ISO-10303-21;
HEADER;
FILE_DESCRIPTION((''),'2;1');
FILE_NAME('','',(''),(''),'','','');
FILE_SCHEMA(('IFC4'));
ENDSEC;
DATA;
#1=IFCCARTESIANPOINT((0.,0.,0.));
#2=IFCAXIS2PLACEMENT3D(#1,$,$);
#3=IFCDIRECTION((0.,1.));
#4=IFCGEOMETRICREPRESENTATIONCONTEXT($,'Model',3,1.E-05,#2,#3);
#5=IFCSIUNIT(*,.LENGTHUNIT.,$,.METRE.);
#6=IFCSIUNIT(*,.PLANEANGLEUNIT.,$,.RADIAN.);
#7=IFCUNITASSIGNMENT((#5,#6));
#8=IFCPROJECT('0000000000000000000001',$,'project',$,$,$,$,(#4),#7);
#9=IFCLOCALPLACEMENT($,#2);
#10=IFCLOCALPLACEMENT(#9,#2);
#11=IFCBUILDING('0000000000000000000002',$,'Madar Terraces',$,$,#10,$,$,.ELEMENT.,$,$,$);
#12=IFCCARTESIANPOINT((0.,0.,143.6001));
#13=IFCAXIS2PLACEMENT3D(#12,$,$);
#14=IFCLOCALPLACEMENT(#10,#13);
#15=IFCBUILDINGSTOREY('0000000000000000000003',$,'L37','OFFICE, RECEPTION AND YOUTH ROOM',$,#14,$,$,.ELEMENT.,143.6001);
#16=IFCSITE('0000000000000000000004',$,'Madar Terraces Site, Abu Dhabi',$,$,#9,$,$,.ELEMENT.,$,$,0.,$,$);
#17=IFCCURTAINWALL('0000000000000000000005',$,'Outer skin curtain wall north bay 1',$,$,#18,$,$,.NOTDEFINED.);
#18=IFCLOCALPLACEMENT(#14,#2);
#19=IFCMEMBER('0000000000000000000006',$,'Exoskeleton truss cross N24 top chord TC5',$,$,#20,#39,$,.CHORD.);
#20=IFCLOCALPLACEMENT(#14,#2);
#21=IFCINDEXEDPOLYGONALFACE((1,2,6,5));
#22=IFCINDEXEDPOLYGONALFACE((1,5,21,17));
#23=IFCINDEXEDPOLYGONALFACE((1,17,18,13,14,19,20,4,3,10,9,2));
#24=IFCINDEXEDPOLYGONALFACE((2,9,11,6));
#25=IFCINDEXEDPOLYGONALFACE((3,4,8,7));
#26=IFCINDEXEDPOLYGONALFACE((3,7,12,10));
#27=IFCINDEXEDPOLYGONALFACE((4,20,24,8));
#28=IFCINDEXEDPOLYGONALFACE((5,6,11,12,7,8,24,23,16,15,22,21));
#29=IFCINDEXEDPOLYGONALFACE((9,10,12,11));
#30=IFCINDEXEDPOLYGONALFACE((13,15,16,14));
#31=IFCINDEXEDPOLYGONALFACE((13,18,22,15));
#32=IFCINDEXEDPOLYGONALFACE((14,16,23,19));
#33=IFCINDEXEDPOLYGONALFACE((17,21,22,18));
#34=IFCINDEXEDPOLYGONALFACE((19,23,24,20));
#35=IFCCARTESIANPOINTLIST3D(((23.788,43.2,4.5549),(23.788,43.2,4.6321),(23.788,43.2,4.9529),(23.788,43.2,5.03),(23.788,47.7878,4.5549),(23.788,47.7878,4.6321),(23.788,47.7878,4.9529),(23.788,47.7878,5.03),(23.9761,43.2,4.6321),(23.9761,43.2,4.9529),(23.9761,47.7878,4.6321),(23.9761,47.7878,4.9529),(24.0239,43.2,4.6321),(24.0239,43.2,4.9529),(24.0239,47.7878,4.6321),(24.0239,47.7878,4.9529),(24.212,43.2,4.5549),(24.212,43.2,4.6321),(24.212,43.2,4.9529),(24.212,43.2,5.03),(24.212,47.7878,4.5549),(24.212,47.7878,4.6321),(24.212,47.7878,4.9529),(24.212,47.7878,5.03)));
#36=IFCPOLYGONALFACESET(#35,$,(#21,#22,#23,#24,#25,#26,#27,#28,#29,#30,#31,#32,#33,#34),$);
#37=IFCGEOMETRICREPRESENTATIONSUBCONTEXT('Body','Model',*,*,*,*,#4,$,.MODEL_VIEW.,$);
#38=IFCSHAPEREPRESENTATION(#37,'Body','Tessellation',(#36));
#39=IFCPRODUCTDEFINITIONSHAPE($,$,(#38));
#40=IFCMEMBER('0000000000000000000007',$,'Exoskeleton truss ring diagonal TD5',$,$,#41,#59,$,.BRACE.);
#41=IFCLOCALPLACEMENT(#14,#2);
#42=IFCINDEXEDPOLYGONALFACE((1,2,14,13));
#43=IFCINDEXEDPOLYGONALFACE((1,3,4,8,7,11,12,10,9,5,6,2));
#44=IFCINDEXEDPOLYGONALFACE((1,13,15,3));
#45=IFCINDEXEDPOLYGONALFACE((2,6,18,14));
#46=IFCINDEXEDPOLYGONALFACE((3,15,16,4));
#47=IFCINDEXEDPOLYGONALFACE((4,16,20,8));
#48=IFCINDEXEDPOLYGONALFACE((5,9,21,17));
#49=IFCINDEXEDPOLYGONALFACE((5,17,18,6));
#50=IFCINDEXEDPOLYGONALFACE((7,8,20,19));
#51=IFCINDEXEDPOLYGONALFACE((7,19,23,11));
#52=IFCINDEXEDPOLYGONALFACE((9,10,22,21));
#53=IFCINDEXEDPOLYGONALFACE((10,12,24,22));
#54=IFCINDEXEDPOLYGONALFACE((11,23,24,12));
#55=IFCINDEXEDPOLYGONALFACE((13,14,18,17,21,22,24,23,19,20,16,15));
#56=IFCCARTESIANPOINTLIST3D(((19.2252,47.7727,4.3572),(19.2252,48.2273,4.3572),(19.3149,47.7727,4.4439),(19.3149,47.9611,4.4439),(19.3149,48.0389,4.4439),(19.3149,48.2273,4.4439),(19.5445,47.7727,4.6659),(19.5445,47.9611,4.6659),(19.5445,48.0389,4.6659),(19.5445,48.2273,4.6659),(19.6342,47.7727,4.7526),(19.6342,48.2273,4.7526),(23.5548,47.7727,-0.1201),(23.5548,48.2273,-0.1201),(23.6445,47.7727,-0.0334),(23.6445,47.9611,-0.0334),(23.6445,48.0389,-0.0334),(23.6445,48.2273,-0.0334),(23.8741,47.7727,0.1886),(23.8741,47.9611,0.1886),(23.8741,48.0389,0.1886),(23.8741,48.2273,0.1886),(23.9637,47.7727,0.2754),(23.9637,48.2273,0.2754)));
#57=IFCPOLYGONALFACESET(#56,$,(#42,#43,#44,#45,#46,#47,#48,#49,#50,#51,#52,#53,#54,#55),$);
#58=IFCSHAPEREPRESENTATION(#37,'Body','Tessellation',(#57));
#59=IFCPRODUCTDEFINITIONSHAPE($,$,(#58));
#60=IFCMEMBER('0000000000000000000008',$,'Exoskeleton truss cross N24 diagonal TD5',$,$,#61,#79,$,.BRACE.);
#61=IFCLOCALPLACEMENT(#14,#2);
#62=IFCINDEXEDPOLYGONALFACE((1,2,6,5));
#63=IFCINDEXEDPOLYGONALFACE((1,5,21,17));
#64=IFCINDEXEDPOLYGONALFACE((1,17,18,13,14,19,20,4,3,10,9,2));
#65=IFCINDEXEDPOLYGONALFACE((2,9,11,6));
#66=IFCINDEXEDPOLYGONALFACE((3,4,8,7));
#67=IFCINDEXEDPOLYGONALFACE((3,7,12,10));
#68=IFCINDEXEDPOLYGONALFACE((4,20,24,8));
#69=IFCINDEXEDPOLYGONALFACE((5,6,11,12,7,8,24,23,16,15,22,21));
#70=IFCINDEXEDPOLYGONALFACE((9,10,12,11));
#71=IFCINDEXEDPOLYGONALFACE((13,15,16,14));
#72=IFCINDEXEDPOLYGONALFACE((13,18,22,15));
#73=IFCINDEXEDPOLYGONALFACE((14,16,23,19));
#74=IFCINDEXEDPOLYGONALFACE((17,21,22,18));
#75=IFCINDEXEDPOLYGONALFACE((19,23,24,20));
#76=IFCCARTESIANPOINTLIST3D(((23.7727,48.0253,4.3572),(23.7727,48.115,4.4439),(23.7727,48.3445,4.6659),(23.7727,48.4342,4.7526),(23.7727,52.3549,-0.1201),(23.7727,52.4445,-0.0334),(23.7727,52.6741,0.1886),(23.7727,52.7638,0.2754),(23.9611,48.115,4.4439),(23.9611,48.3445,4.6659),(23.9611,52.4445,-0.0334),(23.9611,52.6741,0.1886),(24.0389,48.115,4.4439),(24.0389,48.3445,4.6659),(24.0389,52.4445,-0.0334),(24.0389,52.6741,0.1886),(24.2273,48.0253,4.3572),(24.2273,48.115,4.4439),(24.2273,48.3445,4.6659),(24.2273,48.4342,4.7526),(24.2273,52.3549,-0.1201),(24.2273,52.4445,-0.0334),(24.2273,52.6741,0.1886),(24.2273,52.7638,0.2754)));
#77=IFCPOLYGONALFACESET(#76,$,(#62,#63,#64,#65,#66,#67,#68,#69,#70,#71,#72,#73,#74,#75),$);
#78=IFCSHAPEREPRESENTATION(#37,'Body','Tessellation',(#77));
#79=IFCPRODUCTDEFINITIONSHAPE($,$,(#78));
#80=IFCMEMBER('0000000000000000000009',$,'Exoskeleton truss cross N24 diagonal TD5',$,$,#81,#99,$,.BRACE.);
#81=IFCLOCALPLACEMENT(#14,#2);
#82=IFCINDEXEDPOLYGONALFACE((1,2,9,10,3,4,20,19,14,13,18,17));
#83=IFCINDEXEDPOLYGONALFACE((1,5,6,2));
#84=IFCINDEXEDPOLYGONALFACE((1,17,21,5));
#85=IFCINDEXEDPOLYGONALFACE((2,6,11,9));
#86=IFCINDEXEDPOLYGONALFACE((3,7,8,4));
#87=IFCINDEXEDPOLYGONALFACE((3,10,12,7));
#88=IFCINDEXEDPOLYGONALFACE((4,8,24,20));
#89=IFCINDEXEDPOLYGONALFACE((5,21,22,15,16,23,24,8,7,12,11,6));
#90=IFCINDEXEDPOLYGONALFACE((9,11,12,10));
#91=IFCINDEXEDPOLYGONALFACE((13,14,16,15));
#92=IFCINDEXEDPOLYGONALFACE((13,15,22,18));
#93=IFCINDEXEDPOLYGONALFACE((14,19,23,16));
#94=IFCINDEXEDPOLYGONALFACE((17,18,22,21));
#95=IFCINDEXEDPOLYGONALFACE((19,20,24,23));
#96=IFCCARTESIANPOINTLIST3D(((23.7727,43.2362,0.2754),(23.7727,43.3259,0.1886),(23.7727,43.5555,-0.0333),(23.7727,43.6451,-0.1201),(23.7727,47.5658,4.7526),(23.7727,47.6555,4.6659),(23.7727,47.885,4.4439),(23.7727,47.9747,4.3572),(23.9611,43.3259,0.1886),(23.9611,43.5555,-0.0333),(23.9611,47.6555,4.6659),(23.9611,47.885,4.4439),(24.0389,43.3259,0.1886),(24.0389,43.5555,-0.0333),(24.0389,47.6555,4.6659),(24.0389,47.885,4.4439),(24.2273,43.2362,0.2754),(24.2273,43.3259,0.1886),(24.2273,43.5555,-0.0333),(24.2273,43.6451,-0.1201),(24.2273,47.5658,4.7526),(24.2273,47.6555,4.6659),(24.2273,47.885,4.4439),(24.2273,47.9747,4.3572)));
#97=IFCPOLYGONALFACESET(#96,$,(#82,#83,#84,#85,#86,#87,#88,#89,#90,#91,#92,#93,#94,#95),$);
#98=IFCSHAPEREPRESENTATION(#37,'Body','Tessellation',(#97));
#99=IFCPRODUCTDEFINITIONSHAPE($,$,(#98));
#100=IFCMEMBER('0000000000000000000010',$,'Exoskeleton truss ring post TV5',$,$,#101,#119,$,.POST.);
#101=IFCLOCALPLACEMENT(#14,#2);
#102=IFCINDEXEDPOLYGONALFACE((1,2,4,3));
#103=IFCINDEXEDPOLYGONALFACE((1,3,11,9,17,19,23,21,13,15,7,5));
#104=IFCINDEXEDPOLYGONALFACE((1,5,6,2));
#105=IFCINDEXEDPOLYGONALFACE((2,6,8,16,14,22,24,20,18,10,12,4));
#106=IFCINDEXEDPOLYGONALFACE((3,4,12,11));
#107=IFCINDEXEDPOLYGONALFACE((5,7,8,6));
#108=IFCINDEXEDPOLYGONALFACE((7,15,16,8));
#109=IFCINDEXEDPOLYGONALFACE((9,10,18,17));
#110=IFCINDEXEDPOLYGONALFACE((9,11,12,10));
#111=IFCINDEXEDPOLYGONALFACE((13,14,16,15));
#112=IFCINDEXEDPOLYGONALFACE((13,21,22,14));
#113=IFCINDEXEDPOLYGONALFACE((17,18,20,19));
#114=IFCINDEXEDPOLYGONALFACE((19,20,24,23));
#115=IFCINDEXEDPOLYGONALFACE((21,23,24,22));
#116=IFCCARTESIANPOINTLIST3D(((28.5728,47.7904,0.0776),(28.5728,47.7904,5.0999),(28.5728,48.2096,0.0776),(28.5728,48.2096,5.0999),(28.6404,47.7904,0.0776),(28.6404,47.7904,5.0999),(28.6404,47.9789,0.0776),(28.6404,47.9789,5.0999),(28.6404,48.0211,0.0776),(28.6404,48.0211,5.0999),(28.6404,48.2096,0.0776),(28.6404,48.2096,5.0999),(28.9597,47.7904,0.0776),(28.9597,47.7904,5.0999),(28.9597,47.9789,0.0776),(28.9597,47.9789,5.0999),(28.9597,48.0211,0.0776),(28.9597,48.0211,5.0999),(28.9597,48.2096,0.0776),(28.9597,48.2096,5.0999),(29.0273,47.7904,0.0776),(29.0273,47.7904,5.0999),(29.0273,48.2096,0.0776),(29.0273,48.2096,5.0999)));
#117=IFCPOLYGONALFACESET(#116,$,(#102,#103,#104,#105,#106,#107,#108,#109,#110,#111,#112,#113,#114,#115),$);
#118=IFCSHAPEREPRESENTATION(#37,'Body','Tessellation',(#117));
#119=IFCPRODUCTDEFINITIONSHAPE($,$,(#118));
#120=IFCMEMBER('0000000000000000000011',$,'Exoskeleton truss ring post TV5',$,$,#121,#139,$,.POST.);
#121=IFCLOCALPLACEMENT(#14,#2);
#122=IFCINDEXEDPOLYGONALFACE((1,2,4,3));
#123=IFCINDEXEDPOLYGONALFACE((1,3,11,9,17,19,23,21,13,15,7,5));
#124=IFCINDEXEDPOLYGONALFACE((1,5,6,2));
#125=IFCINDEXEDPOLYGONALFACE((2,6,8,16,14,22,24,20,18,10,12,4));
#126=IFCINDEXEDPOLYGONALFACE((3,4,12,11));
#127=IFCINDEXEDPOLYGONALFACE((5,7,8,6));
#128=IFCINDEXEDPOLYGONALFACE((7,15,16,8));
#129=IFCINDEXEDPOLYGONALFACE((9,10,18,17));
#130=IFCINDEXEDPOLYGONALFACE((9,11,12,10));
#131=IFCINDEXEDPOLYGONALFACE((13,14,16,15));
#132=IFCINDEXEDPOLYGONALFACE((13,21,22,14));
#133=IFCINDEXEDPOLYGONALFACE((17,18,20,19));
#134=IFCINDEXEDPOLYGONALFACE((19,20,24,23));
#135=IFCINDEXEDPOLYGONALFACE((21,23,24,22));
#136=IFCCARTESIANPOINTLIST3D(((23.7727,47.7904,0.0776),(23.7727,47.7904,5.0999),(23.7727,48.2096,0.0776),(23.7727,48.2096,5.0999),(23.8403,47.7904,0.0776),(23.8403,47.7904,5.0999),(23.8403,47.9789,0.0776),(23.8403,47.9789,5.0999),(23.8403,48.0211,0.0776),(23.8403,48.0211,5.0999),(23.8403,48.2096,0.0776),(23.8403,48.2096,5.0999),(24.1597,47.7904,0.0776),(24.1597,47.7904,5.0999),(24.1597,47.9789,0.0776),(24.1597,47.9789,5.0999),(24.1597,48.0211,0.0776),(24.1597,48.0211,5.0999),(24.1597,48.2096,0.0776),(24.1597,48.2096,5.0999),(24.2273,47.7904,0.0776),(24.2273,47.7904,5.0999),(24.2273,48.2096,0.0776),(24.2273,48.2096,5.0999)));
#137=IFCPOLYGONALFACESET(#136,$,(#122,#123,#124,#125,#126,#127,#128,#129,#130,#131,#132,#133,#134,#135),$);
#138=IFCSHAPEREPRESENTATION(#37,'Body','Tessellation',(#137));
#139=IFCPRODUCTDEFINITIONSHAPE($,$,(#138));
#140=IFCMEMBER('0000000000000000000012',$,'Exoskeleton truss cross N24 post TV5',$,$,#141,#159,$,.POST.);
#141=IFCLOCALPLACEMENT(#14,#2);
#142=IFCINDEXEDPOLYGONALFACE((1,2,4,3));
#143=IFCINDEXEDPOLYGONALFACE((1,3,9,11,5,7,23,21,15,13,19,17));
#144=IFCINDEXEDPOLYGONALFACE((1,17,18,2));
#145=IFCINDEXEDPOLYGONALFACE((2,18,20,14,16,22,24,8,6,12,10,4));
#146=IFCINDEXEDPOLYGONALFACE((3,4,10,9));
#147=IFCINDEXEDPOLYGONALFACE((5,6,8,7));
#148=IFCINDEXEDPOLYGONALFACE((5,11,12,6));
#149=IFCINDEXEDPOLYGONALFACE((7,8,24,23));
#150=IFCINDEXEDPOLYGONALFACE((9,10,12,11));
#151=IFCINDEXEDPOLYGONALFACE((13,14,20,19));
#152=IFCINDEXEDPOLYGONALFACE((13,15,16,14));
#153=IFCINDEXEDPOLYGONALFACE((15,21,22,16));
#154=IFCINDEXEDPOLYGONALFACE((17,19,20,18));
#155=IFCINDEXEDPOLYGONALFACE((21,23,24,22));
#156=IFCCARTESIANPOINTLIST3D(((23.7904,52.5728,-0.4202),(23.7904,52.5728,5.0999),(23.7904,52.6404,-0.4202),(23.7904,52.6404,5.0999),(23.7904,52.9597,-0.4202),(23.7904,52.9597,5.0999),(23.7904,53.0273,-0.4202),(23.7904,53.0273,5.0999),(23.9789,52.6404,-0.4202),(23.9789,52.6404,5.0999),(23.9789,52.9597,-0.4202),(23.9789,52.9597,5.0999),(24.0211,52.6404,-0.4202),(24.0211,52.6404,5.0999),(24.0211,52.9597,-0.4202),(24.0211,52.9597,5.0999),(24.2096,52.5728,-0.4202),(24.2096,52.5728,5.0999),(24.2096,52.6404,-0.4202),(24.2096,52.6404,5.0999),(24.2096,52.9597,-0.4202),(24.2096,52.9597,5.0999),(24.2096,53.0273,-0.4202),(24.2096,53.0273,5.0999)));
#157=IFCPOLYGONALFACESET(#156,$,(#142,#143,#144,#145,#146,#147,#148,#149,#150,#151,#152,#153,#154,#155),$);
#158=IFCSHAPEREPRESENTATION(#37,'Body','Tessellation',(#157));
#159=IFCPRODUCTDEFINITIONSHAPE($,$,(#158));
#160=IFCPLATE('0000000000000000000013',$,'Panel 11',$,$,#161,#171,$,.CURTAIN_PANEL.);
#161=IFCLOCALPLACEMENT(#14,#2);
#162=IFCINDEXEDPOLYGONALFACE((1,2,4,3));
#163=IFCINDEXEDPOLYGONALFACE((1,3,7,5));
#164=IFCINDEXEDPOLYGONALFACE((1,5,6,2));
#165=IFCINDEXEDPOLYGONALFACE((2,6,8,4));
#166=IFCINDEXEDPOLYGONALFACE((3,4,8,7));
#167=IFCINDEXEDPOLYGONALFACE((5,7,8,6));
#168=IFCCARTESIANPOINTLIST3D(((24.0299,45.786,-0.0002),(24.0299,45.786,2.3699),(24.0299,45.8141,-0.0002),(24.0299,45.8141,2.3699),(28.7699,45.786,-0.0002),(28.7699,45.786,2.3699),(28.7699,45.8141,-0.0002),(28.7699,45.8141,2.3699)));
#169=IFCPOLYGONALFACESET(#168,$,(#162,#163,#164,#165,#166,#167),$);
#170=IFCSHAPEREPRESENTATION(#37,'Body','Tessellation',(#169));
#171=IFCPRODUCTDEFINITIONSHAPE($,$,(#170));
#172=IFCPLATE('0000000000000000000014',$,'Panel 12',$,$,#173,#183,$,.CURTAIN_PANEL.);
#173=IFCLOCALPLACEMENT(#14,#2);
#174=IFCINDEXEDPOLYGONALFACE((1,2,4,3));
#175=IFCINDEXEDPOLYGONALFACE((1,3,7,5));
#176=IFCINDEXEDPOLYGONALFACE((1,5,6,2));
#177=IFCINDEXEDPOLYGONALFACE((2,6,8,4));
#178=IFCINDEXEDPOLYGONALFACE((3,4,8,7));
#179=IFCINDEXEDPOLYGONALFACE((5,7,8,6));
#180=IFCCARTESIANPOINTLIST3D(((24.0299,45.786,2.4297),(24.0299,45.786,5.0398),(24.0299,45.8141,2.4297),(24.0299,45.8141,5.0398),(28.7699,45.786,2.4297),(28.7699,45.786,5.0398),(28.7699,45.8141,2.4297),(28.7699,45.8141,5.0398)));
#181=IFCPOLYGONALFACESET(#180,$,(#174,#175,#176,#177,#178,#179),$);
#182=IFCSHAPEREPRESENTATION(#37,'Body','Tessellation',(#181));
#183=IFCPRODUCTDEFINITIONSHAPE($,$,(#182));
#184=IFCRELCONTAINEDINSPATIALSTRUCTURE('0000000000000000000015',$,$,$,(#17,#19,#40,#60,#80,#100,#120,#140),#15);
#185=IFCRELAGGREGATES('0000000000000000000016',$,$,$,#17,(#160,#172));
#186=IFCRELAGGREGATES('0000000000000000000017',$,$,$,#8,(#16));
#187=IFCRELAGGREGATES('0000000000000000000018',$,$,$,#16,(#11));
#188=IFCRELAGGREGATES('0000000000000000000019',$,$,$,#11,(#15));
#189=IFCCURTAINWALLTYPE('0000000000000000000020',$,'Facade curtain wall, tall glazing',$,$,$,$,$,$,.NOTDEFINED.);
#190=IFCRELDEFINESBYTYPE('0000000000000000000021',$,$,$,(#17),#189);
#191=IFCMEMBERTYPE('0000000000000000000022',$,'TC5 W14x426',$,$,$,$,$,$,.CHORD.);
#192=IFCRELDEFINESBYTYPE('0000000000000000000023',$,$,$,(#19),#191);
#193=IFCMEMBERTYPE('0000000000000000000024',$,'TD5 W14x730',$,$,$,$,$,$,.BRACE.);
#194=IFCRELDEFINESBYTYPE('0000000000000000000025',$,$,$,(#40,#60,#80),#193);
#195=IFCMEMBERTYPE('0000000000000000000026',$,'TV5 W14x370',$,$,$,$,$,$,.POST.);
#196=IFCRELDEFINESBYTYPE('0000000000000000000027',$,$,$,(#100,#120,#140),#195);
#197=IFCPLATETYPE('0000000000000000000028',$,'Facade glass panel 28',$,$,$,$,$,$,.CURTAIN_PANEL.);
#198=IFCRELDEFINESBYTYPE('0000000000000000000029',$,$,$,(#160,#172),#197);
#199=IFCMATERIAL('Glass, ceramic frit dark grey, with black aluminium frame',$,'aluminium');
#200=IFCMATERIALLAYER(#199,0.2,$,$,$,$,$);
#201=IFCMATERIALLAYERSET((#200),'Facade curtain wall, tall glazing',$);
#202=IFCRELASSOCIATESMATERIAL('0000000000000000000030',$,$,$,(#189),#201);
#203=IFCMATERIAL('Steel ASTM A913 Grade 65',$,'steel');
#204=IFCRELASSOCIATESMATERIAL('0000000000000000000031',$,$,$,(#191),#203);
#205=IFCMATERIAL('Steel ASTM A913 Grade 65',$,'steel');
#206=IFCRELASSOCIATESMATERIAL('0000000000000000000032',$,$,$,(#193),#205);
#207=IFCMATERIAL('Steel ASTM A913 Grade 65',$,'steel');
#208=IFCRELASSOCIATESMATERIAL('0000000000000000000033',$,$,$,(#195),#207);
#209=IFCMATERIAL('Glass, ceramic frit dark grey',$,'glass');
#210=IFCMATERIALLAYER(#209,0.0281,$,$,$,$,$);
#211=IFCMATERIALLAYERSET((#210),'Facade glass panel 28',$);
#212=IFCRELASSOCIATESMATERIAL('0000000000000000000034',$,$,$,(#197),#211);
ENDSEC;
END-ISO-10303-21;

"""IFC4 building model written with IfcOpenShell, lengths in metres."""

from ifc_helpers import new_model, si_unit, direction, frame, origin, origin_2d, place, context, subcontext, project, spatial, rectangle, i_section, extrude, material, layer, layer_set, material_profile, profile_set, type_object, element, aggregate, save


model = new_model("IFC4")

# Units and contexts
model_context = context("Model", 3, precision=1e-05, world=origin(), true_north=direction((0.0, 1.0)))
body_context = subcontext(model_context, "Body", "Model", "MODEL_VIEW")
ifc_project = project(units=[si_unit("LENGTHUNIT", "METRE"), si_unit("PLANEANGLEUNIT", "RADIAN")], contexts=[model_context])

# Site, building, storey
site_placement = place(None, origin())
site = spatial("IfcSite", under=ifc_project, at=site_placement, Name="Madar Terraces Site, Abu Dhabi", CompositionType="ELEMENT", RefElevation=0.0)
building_placement = place(site_placement, origin())
building = spatial("IfcBuilding", under=site, at=building_placement, Name="Madar Terraces", CompositionType="ELEMENT")
storey_placement = place(building_placement, frame((0.0, 0.0, 143.6001)))
storey = spatial("IfcBuildingStorey", under=building, at=storey_placement, Name="L37", Description="OFFICE, RECEPTION AND YOUTH ROOM", CompositionType="ELEMENT", Elevation=143.6001)

# Curtain wall
ifc_material_1 = material(Name="Glass, ceramic frit dark grey, with black aluminium frame", Category="aluminium")
ifc_layer_1 = layer(ifc_material_1, 0.2)
ifc_layer_set_1 = layer_set([ifc_layer_1], Name="Facade curtain wall, tall glazing")
curtain_wall_type = type_object("IfcCurtainWallType", Name="Facade curtain wall, tall glazing", PredefinedType="NOTDEFINED", material=ifc_layer_set_1)
curtain_wall_placement = place(storey_placement, origin())
curtain_wall = element("IfcCurtainWall", 1, at=curtain_wall_placement, inside=storey, type_object=curtain_wall_type, Name="Outer skin curtain wall north bay 1", PredefinedType="NOTDEFINED")

# Members
ifc_material_2 = material(Name="Steel ASTM A913 Grade 65", Category="steel")
ifc_material_profile_1 = material_profile(ifc_material_2, i_section(OverallWidth=0.4241, OverallDepth=0.4751, WebThickness=0.0479, FlangeThickness=0.0771, at=origin_2d()), Name="W14x426")
ifc_profile_set_1 = profile_set([ifc_material_profile_1], Name="Steel ASTM A913 Grade 65")
member_type_1 = type_object("IfcMemberType", Name="TC5 W14x426", PredefinedType="CHORD", material=ifc_profile_set_1)
for number, where, z_axis, x_axis, name in (
    (2, (24.0, 47.7878, 4.7925), (0.0, -1.0, 0.0), (1.0, 0.0, 0.0), "Exoskeleton truss cross N24 top chord TC5"),
):
    element("IfcMember", number, at=place(storey_placement, frame(where, z_axis=z_axis, x_axis=x_axis)), inside=storey, type_object=member_type_1, Name=name, PredefinedType="CHORD", context=body_context, shape_type="SweptSolid", body=[
        extrude(i_section(OverallWidth=0.4241, OverallDepth=0.4751, WebThickness=0.0479, FlangeThickness=0.0771, at=origin_2d()), origin(), (0.0, 0.0, 1.0), 4.5879),
    ])
ifc_material_3 = material(Name="Steel ASTM A913 Grade 65", Category="steel")
ifc_material_profile_2 = material_profile(ifc_material_3, i_section(OverallWidth=0.4546, OverallDepth=0.5688, WebThickness=0.0779, FlangeThickness=0.1248, at=origin_2d()), Name="W14x730")
ifc_profile_set_2 = profile_set([ifc_material_profile_2], Name="Steel ASTM A913 Grade 65")
member_type_2 = type_object("IfcMemberType", Name="TD5 W14x730", PredefinedType="BRACE", material=ifc_profile_set_2)
for number, where, z_axis, x_axis, name in (
    (3, (23.7593, 48.0, 0.0776), (-0.69515, 0.0, 0.718865), (0.0, -1.0, 0.0), "Exoskeleton truss ring diagonal TD5"),
    (4, (24.0, 52.5593, 0.0776), (0.0, -0.69515, 0.718865), (1.0, 0.0, 0.0), "Exoskeleton truss cross N24 diagonal TD5"),
    (5, (24.0, 47.7703, 4.5549), (0.0, -0.69515, -0.718865), (1.0, 0.0, 0.0), "Exoskeleton truss cross N24 diagonal TD5"),
):
    element("IfcMember", number, at=place(storey_placement, frame(where, z_axis=z_axis, x_axis=x_axis)), inside=storey, type_object=member_type_2, Name=name, PredefinedType="BRACE", context=body_context, shape_type="SweptSolid", body=[
        extrude(i_section(OverallWidth=0.4546, OverallDepth=0.5688, WebThickness=0.0779, FlangeThickness=0.1248, at=origin_2d()), origin(), (0.0, 0.0, 1.0), 6.2283),
    ])
ifc_material_4 = material(Name="Steel ASTM A913 Grade 65", Category="steel")
ifc_material_profile_3 = material_profile(ifc_material_4, i_section(OverallWidth=0.4192, OverallDepth=0.4546, WebThickness=0.0422, FlangeThickness=0.0676, at=origin_2d()), Name="W14x370")
ifc_profile_set_3 = profile_set([ifc_material_profile_3], Name="Steel ASTM A913 Grade 65")
member_type_3 = type_object("IfcMemberType", Name="TV5 W14x370", PredefinedType="POST", material=ifc_profile_set_3)
for number, where, z_axis, x_axis, name in (
    (6, (28.8, 48.0, 0.0776), (0.0, 0.0, 1.0), (0.0, -1.0, 0.0), "Exoskeleton truss ring post TV5"),
    (7, (24.0, 48.0, 0.0776), (0.0, 0.0, 1.0), (0.0, -1.0, 0.0), "Exoskeleton truss ring post TV5"),
):
    element("IfcMember", number, at=place(storey_placement, frame(where, z_axis=z_axis, x_axis=x_axis)), inside=storey, type_object=member_type_3, Name=name, PredefinedType="POST", context=body_context, shape_type="SweptSolid", body=[
        extrude(i_section(OverallWidth=0.4192, OverallDepth=0.4546, WebThickness=0.0422, FlangeThickness=0.0676, at=origin_2d()), origin(), (0.0, 0.0, 1.0), 5.0222),
    ])
member_1_placement = place(storey_placement, frame((24.0, 52.8, -0.4202), z_axis=(0.0, 0.0, 1.0), x_axis=(-1.0, 0.0, 0.0)))
element("IfcMember", 8, at=member_1_placement, inside=storey, type_object=member_type_3, Name="Exoskeleton truss cross N24 post TV5", PredefinedType="POST", context=body_context, shape_type="SweptSolid", body=[
    extrude(i_section(OverallWidth=0.4192, OverallDepth=0.4546, WebThickness=0.0422, FlangeThickness=0.0676, at=origin_2d()), origin(), (0.0, 0.0, 1.0), 5.52),
])

# Plates
ifc_material_5 = material(Name="Glass, ceramic frit dark grey", Category="glass")
ifc_layer_2 = layer(ifc_material_5, 0.0281)
ifc_layer_set_2 = layer_set([ifc_layer_2], Name="Facade glass panel 28")
plate_type = type_object("IfcPlateType", Name="Facade glass panel 28", PredefinedType="CURTAIN_PANEL", material=ifc_layer_set_2)
plate_1_placement = place(storey_placement, frame((26.3999, 45.8, -0.0002), z_axis=(0.0, 0.0, 1.0), x_axis=(-1.0, 0.0, 0.0)))
plate_1 = element("IfcPlate", 9, at=plate_1_placement, type_object=plate_type, Name="Panel 11", PredefinedType="CURTAIN_PANEL", context=body_context, shape_type="SweptSolid", body=[
    extrude(rectangle(XDim=4.74, YDim=0.0281, at=origin_2d()), origin(), (0.0, 0.0, 1.0), 2.3701),
])
plate_2_placement = place(storey_placement, frame((26.3999, 45.8, 2.4297), z_axis=(0.0, 0.0, 1.0), x_axis=(-1.0, 0.0, 0.0)))
plate_2 = element("IfcPlate", 10, at=plate_2_placement, type_object=plate_type, Name="Panel 12", PredefinedType="CURTAIN_PANEL", context=body_context, shape_type="SweptSolid", body=[
    extrude(rectangle(XDim=4.74, YDim=0.0281, at=origin_2d()), origin(), (0.0, 0.0, 1.0), 2.6101),
])
aggregate(curtain_wall, [plate_1, plate_2])

save(model, "model.ifc")
